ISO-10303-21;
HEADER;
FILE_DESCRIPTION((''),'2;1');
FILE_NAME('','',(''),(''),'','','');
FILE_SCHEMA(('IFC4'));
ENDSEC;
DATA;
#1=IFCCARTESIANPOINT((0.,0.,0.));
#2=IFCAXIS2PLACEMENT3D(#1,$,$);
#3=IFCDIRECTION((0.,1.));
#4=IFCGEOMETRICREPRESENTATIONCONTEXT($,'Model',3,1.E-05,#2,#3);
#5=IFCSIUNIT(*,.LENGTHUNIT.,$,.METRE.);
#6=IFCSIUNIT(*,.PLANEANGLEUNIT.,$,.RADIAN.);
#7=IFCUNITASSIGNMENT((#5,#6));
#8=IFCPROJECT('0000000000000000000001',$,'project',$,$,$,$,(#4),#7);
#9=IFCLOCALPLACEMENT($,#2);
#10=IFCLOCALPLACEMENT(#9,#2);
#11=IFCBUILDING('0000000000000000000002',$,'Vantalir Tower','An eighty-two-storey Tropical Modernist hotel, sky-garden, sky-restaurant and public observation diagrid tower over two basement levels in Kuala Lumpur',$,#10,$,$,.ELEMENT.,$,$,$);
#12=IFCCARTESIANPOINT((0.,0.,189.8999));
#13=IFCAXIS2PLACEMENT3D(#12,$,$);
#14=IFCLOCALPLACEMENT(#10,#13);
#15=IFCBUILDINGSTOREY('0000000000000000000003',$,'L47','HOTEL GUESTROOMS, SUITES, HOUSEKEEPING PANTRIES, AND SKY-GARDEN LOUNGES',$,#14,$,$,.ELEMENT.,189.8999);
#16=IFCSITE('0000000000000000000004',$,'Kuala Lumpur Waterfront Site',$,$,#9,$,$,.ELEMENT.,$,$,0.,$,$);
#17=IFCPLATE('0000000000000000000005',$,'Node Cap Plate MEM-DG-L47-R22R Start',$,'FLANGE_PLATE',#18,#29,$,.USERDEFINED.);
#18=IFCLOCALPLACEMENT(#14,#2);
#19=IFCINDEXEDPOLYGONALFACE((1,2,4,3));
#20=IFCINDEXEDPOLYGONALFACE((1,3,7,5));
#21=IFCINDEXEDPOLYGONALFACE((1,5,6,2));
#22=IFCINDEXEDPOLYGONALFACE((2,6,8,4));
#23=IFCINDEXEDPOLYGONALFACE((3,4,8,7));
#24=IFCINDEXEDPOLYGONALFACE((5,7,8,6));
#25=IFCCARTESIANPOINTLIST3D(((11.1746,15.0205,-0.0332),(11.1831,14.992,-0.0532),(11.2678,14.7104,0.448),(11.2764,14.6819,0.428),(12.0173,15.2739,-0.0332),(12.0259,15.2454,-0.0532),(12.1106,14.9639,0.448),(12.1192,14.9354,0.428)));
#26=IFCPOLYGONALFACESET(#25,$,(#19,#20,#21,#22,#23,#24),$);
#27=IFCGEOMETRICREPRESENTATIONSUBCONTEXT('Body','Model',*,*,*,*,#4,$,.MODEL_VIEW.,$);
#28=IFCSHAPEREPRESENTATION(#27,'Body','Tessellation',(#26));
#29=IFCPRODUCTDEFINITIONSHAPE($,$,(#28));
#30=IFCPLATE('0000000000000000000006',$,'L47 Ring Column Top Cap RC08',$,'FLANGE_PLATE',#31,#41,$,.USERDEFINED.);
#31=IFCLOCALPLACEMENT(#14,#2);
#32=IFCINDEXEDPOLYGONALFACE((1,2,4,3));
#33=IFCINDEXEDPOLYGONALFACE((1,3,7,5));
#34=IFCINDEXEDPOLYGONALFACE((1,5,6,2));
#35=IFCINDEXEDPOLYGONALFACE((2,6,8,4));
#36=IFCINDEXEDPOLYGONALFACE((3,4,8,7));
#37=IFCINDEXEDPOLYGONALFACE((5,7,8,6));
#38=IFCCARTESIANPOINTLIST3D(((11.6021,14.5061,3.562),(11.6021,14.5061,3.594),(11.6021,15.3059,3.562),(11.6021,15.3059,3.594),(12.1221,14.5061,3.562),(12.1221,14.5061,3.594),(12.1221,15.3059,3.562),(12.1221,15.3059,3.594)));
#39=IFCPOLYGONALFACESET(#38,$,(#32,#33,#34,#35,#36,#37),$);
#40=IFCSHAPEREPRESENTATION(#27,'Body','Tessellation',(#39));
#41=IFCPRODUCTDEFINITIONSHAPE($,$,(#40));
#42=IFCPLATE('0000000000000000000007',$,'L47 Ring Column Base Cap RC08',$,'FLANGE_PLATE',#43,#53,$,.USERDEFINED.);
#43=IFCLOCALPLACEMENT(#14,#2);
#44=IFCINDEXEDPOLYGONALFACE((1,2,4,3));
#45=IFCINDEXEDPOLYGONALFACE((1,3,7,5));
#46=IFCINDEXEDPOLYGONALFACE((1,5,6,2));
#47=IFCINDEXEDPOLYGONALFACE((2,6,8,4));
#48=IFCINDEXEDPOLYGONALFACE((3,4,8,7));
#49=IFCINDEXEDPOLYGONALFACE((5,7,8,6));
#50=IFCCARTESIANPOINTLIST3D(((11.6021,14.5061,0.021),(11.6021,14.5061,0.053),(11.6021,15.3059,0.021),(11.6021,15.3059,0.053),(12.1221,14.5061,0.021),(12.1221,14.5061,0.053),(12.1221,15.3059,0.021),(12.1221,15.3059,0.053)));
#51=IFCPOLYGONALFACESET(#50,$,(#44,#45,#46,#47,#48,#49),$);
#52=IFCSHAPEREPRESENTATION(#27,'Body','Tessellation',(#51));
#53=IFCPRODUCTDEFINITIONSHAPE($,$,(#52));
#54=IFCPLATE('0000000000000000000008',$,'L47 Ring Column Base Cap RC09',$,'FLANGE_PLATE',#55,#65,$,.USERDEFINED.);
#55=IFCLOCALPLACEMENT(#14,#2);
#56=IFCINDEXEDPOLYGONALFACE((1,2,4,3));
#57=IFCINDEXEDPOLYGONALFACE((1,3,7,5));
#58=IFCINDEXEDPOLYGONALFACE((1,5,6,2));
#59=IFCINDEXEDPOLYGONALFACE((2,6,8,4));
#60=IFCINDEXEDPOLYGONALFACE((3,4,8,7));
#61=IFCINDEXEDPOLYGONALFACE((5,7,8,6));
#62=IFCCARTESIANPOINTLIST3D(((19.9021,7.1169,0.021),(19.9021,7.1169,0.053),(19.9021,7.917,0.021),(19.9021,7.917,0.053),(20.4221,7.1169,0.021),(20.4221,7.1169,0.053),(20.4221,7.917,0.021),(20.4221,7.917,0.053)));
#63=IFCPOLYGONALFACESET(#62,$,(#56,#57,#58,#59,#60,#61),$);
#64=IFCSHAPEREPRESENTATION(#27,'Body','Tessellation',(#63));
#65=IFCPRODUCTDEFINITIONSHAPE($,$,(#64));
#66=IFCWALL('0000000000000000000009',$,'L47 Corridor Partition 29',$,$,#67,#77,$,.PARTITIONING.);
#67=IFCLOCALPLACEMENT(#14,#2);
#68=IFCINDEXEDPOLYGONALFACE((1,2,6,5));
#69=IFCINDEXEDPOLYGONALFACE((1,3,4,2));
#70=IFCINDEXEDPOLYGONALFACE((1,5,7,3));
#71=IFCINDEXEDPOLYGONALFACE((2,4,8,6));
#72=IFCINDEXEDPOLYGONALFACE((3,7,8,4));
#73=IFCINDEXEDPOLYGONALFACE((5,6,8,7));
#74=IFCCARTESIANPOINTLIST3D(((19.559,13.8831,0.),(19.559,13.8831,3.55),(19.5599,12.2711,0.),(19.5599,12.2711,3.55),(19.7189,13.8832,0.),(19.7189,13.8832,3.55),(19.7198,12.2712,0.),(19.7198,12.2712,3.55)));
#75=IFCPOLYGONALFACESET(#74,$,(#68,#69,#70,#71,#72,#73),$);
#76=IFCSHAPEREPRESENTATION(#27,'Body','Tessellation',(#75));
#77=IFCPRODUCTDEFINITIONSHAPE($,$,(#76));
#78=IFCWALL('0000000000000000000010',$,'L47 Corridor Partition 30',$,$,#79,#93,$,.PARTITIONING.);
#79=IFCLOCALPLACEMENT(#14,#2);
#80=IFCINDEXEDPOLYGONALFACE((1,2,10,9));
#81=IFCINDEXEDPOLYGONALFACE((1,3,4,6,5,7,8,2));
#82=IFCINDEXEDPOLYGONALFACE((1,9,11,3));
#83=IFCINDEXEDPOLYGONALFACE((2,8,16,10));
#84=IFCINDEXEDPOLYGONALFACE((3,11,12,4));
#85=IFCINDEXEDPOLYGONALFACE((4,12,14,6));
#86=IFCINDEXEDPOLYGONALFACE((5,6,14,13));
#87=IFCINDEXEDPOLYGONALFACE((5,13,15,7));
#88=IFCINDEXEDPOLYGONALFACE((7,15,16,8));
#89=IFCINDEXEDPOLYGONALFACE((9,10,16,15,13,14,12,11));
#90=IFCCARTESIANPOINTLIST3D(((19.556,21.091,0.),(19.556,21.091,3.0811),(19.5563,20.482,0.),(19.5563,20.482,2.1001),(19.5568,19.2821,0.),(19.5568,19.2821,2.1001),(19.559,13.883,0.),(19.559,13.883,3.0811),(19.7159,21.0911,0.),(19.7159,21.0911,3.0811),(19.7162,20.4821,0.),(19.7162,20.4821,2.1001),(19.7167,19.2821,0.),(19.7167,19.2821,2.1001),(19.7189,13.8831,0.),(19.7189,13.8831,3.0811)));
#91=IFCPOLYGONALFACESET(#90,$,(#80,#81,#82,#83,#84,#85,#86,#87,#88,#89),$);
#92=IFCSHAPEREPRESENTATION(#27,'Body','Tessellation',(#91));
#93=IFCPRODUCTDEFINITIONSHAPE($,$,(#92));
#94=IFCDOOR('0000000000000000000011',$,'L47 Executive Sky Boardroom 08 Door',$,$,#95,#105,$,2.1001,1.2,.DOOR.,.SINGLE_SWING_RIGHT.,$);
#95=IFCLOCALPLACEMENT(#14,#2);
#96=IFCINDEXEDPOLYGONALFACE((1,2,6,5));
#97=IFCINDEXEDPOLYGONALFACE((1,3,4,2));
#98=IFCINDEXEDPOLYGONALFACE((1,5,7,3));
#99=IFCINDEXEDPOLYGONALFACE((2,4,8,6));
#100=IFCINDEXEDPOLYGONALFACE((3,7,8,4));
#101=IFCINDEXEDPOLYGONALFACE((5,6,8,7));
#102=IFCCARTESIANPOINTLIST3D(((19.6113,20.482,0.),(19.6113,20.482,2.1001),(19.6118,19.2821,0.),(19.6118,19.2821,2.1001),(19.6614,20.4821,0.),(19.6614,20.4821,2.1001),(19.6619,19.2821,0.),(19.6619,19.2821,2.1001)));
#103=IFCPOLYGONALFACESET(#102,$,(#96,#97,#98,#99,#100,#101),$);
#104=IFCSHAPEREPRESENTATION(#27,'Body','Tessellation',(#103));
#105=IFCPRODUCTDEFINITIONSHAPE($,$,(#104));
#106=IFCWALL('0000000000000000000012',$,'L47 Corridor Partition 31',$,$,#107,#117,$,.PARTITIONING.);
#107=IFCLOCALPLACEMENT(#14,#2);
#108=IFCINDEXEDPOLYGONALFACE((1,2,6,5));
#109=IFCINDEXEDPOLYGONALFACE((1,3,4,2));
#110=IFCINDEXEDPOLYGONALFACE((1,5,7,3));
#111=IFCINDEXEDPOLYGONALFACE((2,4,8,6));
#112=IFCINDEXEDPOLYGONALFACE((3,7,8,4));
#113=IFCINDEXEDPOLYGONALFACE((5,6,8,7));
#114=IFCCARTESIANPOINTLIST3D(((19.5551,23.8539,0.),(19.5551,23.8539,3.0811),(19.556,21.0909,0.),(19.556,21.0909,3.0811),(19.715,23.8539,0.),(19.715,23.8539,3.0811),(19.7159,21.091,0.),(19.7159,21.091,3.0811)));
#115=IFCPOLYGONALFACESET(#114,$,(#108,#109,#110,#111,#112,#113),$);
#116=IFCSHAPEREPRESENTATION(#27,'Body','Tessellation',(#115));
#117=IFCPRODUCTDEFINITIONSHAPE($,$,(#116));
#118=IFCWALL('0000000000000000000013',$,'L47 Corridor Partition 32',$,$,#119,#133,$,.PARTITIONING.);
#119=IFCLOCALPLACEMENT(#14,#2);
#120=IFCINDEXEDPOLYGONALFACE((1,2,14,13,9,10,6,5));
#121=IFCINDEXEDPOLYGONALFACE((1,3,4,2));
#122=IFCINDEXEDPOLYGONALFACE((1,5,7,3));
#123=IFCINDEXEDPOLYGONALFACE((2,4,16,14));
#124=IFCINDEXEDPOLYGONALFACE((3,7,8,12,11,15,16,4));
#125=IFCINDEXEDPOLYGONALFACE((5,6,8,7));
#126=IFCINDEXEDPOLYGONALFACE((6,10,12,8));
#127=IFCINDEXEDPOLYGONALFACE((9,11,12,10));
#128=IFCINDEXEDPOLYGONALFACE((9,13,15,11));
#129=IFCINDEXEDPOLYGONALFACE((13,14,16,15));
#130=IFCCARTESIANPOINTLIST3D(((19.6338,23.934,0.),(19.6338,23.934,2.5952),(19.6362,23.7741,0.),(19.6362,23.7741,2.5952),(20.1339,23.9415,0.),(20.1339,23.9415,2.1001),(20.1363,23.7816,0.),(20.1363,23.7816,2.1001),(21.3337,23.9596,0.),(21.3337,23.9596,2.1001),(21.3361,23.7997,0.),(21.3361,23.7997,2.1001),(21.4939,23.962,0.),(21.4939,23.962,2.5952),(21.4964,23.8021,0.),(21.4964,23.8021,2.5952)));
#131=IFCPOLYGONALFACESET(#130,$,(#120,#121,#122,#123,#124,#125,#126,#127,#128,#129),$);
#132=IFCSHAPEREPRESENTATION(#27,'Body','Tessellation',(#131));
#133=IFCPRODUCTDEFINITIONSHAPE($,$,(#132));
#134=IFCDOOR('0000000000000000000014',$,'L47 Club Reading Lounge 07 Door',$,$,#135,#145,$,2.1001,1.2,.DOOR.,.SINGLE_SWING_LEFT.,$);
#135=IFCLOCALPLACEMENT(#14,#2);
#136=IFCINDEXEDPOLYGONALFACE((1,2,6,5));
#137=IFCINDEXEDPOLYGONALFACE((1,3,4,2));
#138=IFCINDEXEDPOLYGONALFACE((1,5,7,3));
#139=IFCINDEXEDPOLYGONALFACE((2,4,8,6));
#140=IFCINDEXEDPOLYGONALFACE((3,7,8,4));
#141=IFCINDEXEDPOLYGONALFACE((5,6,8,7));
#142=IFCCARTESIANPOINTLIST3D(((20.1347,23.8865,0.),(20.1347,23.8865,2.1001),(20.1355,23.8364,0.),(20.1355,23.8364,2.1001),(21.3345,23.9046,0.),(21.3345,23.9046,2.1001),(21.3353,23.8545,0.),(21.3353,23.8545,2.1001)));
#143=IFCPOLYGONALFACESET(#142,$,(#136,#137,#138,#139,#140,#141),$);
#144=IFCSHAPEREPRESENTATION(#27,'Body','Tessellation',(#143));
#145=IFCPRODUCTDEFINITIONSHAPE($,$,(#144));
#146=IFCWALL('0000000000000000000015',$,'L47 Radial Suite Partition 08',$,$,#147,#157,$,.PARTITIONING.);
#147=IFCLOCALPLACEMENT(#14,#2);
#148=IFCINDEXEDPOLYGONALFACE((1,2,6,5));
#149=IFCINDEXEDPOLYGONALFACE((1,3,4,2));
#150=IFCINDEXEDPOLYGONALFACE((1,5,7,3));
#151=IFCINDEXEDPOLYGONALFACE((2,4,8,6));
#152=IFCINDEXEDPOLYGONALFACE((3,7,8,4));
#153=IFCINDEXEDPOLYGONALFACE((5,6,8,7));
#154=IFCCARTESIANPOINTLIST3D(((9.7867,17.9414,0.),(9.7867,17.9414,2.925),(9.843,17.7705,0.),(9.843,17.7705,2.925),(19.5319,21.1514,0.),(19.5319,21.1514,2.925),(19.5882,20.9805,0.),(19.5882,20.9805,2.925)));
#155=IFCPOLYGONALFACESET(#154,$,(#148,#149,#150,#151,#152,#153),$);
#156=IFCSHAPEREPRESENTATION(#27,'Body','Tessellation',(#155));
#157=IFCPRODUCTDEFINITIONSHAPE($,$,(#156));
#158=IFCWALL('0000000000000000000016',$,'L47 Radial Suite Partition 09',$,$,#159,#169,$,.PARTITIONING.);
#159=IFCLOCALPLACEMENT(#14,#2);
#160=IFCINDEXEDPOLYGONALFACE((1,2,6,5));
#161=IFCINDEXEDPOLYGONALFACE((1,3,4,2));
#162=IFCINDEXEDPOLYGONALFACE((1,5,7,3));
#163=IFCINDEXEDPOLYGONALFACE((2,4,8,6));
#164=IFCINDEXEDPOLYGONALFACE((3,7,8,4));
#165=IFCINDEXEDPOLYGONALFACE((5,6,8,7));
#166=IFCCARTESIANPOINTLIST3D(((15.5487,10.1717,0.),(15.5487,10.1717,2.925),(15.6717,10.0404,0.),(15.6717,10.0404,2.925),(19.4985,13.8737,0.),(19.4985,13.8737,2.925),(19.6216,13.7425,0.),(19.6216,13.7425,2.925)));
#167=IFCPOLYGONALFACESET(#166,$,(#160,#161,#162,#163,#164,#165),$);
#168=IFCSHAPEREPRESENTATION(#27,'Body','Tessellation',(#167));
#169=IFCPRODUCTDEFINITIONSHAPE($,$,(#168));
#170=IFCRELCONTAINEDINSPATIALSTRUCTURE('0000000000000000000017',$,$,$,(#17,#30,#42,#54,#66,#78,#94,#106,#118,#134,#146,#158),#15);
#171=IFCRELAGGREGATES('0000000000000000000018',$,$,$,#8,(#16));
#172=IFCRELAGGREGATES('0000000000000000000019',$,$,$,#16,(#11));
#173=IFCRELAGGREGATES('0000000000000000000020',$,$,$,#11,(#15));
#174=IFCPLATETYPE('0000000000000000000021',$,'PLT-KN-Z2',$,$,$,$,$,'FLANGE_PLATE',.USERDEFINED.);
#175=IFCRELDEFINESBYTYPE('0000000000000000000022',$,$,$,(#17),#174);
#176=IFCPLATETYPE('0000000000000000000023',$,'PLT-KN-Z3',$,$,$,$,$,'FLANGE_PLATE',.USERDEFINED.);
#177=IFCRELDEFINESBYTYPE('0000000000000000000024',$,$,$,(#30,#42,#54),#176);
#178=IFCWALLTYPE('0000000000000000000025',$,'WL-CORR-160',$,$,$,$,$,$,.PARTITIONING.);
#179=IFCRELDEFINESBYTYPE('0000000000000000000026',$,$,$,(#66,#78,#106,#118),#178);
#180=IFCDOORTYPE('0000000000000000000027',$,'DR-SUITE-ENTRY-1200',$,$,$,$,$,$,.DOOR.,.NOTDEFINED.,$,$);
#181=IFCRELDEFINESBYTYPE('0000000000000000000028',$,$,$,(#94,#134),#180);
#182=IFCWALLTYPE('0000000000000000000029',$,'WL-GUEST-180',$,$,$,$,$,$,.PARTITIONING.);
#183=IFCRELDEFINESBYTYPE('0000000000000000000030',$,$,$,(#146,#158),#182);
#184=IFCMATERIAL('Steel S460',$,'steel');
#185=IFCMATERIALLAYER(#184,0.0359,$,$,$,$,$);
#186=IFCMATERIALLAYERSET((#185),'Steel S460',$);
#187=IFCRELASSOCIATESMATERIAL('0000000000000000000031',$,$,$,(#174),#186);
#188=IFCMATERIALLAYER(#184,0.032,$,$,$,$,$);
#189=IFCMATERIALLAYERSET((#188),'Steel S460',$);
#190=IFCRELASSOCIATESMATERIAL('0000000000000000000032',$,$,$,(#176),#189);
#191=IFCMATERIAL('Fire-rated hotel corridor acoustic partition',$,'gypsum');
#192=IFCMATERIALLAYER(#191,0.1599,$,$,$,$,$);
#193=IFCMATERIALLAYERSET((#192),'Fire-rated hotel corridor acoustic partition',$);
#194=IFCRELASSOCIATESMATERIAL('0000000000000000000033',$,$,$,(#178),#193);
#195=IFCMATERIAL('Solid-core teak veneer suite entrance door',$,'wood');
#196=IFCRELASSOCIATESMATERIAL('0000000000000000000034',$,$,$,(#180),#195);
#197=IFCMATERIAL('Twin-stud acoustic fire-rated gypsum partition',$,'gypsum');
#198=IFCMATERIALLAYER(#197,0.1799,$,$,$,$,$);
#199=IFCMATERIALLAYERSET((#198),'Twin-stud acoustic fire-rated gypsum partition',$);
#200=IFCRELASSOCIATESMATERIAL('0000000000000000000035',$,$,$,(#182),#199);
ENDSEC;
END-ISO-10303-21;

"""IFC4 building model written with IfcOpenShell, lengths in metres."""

from ifc_helpers import new_model, si_unit, direction, frame, frame_2d, origin, place, context, subcontext, project, spatial, polyline, rectangle, outline, extrude, material, layer, layer_set, type_object, element, fill, save


model = new_model("IFC4")

# Units and contexts
model_context = context("Model", 3, precision=1e-05, world=origin(), true_north=direction((0.0, 1.0)))
body_context = subcontext(model_context, "Body", "Model", "MODEL_VIEW")
ifc_project = project(units=[si_unit("LENGTHUNIT", "METRE"), si_unit("PLANEANGLEUNIT", "RADIAN")], contexts=[model_context])

# Site, building, storey
site_placement = place(None, origin())
site = spatial("IfcSite", under=ifc_project, at=site_placement, Name="Kuala Lumpur Waterfront Site", CompositionType="ELEMENT", RefElevation=0.0)
building_placement = place(site_placement, origin())
building = spatial("IfcBuilding", under=site, at=building_placement, Name="Vantalir Tower", Description="An eighty-two-storey Tropical Modernist hotel, sky-garden, sky-restaurant and public observation diagrid tower over two basement levels in Kuala Lumpur", CompositionType="ELEMENT")
storey_placement = place(building_placement, frame((0.0, 0.0, 189.8999)))
storey = spatial("IfcBuildingStorey", under=building, at=storey_placement, Name="L47", Description="HOTEL GUESTROOMS, SUITES, HOUSEKEEPING PANTRIES, AND SKY-GARDEN LOUNGES", CompositionType="ELEMENT", Elevation=189.8999)

# Shared definitions
ifc_material_1 = material(Name="Steel S460", Category="steel")

# Plates
ifc_layer_1 = layer(ifc_material_1, 0.0359)
ifc_layer_set_1 = layer_set([ifc_layer_1], Name="Steel S460")
plate_type_1 = type_object("IfcPlateType", Name="PLT-KN-Z2", ElementType="FLANGE_PLATE", PredefinedType="USERDEFINED", material=ifc_layer_set_1)
plate_1_placement = place(storey_placement, frame((12.0173, 15.2739, -0.0332), z_axis=(-0.238911, 0.794529, 0.558252), x_axis=(-0.957643, -0.287959, 0.0)))
element("IfcPlate", 1, at=plate_1_placement, inside=storey, type_object=plate_type_1, Name="Node Cap Plate MEM-DG-L47-R22R Start", ObjectType="FLANGE_PLATE", PredefinedType="USERDEFINED", context=body_context, shape_type="SweptSolid", body=[
    extrude(outline(polyline([(0.0, 0.0), (0.88, 0.0), (0.88, 0.58), (0.0, 0.58), (0.0, 0.0)])), origin(), (0.0, 0.0, -1.0), 0.0359),
])
ifc_layer_2 = layer(ifc_material_1, 0.032)
ifc_layer_set_2 = layer_set([ifc_layer_2], Name="Steel S460")
plate_type_2 = type_object("IfcPlateType", Name="PLT-KN-Z3", ElementType="FLANGE_PLATE", PredefinedType="USERDEFINED", material=ifc_layer_set_2)
for number, where, z_axis, x_axis, name in (
    (2, (11.6021, 15.3059, 3.594), (0.0, 0.0, 1.0), (0.0, -1.0, 0.0), "L47 Ring Column Top Cap RC08"),
    (3, (11.6021, 15.3059, 0.053), (0.0, 0.0, 1.0), (0.0, -1.0, 0.0), "L47 Ring Column Base Cap RC08"),
):
    element("IfcPlate", number, at=place(storey_placement, frame(where, z_axis=z_axis, x_axis=x_axis)), inside=storey, type_object=plate_type_2, Name=name, ObjectType="FLANGE_PLATE", PredefinedType="USERDEFINED", context=body_context, shape_type="SweptSolid", body=[
        extrude(outline(polyline([(0.0, 0.0), (0.7998, 0.0), (0.7998, 0.52), (0.0, 0.52), (0.0, 0.0)])), origin(), (0.0, 0.0, -1.0), 0.032),
    ])
plate_2_placement = place(storey_placement, frame((19.9021, 7.917, 0.053), z_axis=(0.0, 0.0, 1.0), x_axis=(0.0, -1.0, 0.0)))
element("IfcPlate", 4, at=plate_2_placement, inside=storey, type_object=plate_type_2, Name="L47 Ring Column Base Cap RC09", ObjectType="FLANGE_PLATE", PredefinedType="USERDEFINED", context=body_context, shape_type="SweptSolid", body=[
    extrude(outline(polyline([(0.0, 0.0), (0.8, 0.0), (0.8, 0.52), (0.0, 0.52), (0.0, 0.0)])), origin(), (0.0, 0.0, -1.0), 0.032),
])

# Wall
ifc_material_2 = material(Name="Fire-rated hotel corridor acoustic partition", Category="gypsum")
ifc_layer_3 = layer(ifc_material_2, 0.1599)
ifc_layer_set_3 = layer_set([ifc_layer_3], Name="Fire-rated hotel corridor acoustic partition")
wall_type_1 = type_object("IfcWallType", Name="WL-CORR-160", PredefinedType="PARTITIONING", material=ifc_layer_set_3)
wall_1_placement = place(storey_placement, frame((19.6399, 12.271, 0.0), z_axis=(0.0, 0.0, 1.0), x_axis=(-0.000606, 1.0, 0.0)))
element("IfcWall", 5, at=wall_1_placement, inside=storey, type_object=wall_type_1, Name="L47 Corridor Partition 29", PredefinedType="PARTITIONING", context=body_context, shape_type="SweptSolid", body=[
    extrude(rectangle(XDim=1.6121, YDim=0.1599, at=frame_2d((0.8062, 0.0))), origin(), (0.0, 0.0, 1.0), 3.55),
])

# Wall, opening, door
wall_2_placement = place(storey_placement, frame((19.6389, 13.8831, 0.0), z_axis=(0.0, 0.0, 1.0), x_axis=(-0.000406, 1.0, 0.0)))
wall_2 = element("IfcWall", 6, at=wall_2_placement, inside=storey, type_object=wall_type_1, Name="L47 Corridor Partition 30", PredefinedType="PARTITIONING", context=body_context, shape_type="SweptSolid", body=[
    extrude(rectangle(XDim=7.208, YDim=0.1599, at=frame_2d((3.604, 0.0))), origin(), (0.0, 0.0, 1.0), 3.0811),
])
opening_1_placement = place(wall_2_placement, frame((5.3989, 0.0, 0.0)))
opening_1 = element("IfcOpeningElement", 7, at=opening_1_placement, cuts=wall_2, PredefinedType="OPENING", context=body_context, shape_type="SweptSolid", body=[
    extrude(rectangle(XDim=1.2, YDim=2.1001, at=frame_2d((0.6001, 1.05))), frame((0.0, 0.0898, 0.0), z_axis=(0.0, -1.0, 0.0), x_axis=(1.0, 0.0, 0.0)), (0.0, 0.0, 1.0), 0.1799),
])
ifc_material_3 = material(Name="Solid-core teak veneer suite entrance door", Category="wood")
door_type = type_object("IfcDoorType", Name="DR-SUITE-ENTRY-1200", OperationType="NOTDEFINED", PredefinedType="DOOR", material=ifc_material_3)
door_1_placement = place(opening_1_placement, origin())
door_1 = element("IfcDoor", 8, at=door_1_placement, inside=storey, type_object=door_type, Name="L47 Executive Sky Boardroom 08 Door", OperationType="SINGLE_SWING_RIGHT", OverallHeight=2.1001, OverallWidth=1.2, PredefinedType="DOOR", context=body_context, shape_type="SweptSolid", body=[
    extrude(rectangle(XDim=1.2, YDim=2.1001, at=frame_2d((0.6001, 1.05))), frame((0.0, 0.0249, 0.0), z_axis=(0.0, -1.0, 0.0), x_axis=(1.0, 0.0, 0.0)), (0.0, 0.0, 1.0), 0.05),
])
fill(opening_1, door_1)

# Wall
wall_3_placement = place(storey_placement, frame((19.636, 21.0911, 0.0), z_axis=(0.0, 0.0, 1.0), x_axis=(-0.000353, 1.0, 0.0)))
element("IfcWall", 9, at=wall_3_placement, inside=storey, type_object=wall_type_1, Name="L47 Corridor Partition 31", PredefinedType="PARTITIONING", context=body_context, shape_type="SweptSolid", body=[
    extrude(rectangle(XDim=2.7629, YDim=0.1599, at=frame_2d((1.3813, 0.0))), origin(), (0.0, 0.0, 1.0), 3.0811),
])

# Wall, opening, door
wall_4_placement = place(storey_placement, frame((19.635, 23.854, 0.0), z_axis=(0.0, 0.0, 1.0), x_axis=(0.999886, 0.015092, 0.0)))
wall_4 = element("IfcWall", 10, at=wall_4_placement, inside=storey, type_object=wall_type_1, Name="L47 Corridor Partition 32", PredefinedType="PARTITIONING", context=body_context, shape_type="SweptSolid", body=[
    extrude(rectangle(XDim=1.8604, YDim=0.1599, at=frame_2d((0.9302, 0.0))), origin(), (0.0, 0.0, 1.0), 2.5952),
])
opening_2_placement = place(wall_4_placement, frame((0.5, 0.0, 0.0)))
opening_2 = element("IfcOpeningElement", 11, at=opening_2_placement, cuts=wall_4, PredefinedType="OPENING", context=body_context, shape_type="SweptSolid", body=[
    extrude(rectangle(XDim=1.2, YDim=2.1001, at=frame_2d((0.6001, 1.05))), frame((0.0, 0.0898, 0.0), z_axis=(0.0, -1.0, 0.0), x_axis=(1.0, 0.0, 0.0)), (0.0, 0.0, 1.0), 0.1799),
])
door_2_placement = place(opening_2_placement, origin())
door_2 = element("IfcDoor", 12, at=door_2_placement, inside=storey, type_object=door_type, Name="L47 Club Reading Lounge 07 Door", OperationType="SINGLE_SWING_LEFT", OverallHeight=2.1001, OverallWidth=1.2, PredefinedType="DOOR", context=body_context, shape_type="SweptSolid", body=[
    extrude(rectangle(XDim=1.2, YDim=2.1001, at=frame_2d((0.6001, 1.05))), frame((0.0, 0.0249, 0.0), z_axis=(0.0, -1.0, 0.0), x_axis=(1.0, 0.0, 0.0)), (0.0, 0.0, 1.0), 0.05),
])
fill(opening_2, door_2)

# Walls
ifc_material_4 = material(Name="Twin-stud acoustic fire-rated gypsum partition", Category="gypsum")
ifc_layer_4 = layer(ifc_material_4, 0.1799)
ifc_layer_set_4 = layer_set([ifc_layer_4], Name="Twin-stud acoustic fire-rated gypsum partition")
wall_type_2 = type_object("IfcWallType", Name="WL-GUEST-180", PredefinedType="PARTITIONING", material=ifc_layer_set_4)
wall_5_placement = place(storey_placement, frame((19.5601, 21.0659, 0.0), z_axis=(0.0, 0.0, 1.0), x_axis=(-0.9498, -0.312856, 0.0)))
element("IfcWall", 13, at=wall_5_placement, inside=storey, type_object=wall_type_2, Name="L47 Radial Suite Partition 08", PredefinedType="PARTITIONING", context=body_context, shape_type="SweptSolid", body=[
    extrude(rectangle(XDim=10.2603, YDim=0.1799, at=frame_2d((5.1301, 0.0))), origin(), (0.0, 0.0, 1.0), 2.925),
])
wall_6_placement = place(storey_placement, frame((19.5601, 13.8081, 0.0), z_axis=(0.0, 0.0, 1.0), x_axis=(-0.729623, -0.68385, 0.0)))
element("IfcWall", 14, at=wall_6_placement, inside=storey, type_object=wall_type_2, Name="L47 Radial Suite Partition 09", PredefinedType="PARTITIONING", context=body_context, shape_type="SweptSolid", body=[
    extrude(rectangle(XDim=5.4136, YDim=0.1799, at=frame_2d((2.7068, 0.0))), origin(), (0.0, 0.0, 1.0), 2.925),
])

save(model, "model.ifc")
